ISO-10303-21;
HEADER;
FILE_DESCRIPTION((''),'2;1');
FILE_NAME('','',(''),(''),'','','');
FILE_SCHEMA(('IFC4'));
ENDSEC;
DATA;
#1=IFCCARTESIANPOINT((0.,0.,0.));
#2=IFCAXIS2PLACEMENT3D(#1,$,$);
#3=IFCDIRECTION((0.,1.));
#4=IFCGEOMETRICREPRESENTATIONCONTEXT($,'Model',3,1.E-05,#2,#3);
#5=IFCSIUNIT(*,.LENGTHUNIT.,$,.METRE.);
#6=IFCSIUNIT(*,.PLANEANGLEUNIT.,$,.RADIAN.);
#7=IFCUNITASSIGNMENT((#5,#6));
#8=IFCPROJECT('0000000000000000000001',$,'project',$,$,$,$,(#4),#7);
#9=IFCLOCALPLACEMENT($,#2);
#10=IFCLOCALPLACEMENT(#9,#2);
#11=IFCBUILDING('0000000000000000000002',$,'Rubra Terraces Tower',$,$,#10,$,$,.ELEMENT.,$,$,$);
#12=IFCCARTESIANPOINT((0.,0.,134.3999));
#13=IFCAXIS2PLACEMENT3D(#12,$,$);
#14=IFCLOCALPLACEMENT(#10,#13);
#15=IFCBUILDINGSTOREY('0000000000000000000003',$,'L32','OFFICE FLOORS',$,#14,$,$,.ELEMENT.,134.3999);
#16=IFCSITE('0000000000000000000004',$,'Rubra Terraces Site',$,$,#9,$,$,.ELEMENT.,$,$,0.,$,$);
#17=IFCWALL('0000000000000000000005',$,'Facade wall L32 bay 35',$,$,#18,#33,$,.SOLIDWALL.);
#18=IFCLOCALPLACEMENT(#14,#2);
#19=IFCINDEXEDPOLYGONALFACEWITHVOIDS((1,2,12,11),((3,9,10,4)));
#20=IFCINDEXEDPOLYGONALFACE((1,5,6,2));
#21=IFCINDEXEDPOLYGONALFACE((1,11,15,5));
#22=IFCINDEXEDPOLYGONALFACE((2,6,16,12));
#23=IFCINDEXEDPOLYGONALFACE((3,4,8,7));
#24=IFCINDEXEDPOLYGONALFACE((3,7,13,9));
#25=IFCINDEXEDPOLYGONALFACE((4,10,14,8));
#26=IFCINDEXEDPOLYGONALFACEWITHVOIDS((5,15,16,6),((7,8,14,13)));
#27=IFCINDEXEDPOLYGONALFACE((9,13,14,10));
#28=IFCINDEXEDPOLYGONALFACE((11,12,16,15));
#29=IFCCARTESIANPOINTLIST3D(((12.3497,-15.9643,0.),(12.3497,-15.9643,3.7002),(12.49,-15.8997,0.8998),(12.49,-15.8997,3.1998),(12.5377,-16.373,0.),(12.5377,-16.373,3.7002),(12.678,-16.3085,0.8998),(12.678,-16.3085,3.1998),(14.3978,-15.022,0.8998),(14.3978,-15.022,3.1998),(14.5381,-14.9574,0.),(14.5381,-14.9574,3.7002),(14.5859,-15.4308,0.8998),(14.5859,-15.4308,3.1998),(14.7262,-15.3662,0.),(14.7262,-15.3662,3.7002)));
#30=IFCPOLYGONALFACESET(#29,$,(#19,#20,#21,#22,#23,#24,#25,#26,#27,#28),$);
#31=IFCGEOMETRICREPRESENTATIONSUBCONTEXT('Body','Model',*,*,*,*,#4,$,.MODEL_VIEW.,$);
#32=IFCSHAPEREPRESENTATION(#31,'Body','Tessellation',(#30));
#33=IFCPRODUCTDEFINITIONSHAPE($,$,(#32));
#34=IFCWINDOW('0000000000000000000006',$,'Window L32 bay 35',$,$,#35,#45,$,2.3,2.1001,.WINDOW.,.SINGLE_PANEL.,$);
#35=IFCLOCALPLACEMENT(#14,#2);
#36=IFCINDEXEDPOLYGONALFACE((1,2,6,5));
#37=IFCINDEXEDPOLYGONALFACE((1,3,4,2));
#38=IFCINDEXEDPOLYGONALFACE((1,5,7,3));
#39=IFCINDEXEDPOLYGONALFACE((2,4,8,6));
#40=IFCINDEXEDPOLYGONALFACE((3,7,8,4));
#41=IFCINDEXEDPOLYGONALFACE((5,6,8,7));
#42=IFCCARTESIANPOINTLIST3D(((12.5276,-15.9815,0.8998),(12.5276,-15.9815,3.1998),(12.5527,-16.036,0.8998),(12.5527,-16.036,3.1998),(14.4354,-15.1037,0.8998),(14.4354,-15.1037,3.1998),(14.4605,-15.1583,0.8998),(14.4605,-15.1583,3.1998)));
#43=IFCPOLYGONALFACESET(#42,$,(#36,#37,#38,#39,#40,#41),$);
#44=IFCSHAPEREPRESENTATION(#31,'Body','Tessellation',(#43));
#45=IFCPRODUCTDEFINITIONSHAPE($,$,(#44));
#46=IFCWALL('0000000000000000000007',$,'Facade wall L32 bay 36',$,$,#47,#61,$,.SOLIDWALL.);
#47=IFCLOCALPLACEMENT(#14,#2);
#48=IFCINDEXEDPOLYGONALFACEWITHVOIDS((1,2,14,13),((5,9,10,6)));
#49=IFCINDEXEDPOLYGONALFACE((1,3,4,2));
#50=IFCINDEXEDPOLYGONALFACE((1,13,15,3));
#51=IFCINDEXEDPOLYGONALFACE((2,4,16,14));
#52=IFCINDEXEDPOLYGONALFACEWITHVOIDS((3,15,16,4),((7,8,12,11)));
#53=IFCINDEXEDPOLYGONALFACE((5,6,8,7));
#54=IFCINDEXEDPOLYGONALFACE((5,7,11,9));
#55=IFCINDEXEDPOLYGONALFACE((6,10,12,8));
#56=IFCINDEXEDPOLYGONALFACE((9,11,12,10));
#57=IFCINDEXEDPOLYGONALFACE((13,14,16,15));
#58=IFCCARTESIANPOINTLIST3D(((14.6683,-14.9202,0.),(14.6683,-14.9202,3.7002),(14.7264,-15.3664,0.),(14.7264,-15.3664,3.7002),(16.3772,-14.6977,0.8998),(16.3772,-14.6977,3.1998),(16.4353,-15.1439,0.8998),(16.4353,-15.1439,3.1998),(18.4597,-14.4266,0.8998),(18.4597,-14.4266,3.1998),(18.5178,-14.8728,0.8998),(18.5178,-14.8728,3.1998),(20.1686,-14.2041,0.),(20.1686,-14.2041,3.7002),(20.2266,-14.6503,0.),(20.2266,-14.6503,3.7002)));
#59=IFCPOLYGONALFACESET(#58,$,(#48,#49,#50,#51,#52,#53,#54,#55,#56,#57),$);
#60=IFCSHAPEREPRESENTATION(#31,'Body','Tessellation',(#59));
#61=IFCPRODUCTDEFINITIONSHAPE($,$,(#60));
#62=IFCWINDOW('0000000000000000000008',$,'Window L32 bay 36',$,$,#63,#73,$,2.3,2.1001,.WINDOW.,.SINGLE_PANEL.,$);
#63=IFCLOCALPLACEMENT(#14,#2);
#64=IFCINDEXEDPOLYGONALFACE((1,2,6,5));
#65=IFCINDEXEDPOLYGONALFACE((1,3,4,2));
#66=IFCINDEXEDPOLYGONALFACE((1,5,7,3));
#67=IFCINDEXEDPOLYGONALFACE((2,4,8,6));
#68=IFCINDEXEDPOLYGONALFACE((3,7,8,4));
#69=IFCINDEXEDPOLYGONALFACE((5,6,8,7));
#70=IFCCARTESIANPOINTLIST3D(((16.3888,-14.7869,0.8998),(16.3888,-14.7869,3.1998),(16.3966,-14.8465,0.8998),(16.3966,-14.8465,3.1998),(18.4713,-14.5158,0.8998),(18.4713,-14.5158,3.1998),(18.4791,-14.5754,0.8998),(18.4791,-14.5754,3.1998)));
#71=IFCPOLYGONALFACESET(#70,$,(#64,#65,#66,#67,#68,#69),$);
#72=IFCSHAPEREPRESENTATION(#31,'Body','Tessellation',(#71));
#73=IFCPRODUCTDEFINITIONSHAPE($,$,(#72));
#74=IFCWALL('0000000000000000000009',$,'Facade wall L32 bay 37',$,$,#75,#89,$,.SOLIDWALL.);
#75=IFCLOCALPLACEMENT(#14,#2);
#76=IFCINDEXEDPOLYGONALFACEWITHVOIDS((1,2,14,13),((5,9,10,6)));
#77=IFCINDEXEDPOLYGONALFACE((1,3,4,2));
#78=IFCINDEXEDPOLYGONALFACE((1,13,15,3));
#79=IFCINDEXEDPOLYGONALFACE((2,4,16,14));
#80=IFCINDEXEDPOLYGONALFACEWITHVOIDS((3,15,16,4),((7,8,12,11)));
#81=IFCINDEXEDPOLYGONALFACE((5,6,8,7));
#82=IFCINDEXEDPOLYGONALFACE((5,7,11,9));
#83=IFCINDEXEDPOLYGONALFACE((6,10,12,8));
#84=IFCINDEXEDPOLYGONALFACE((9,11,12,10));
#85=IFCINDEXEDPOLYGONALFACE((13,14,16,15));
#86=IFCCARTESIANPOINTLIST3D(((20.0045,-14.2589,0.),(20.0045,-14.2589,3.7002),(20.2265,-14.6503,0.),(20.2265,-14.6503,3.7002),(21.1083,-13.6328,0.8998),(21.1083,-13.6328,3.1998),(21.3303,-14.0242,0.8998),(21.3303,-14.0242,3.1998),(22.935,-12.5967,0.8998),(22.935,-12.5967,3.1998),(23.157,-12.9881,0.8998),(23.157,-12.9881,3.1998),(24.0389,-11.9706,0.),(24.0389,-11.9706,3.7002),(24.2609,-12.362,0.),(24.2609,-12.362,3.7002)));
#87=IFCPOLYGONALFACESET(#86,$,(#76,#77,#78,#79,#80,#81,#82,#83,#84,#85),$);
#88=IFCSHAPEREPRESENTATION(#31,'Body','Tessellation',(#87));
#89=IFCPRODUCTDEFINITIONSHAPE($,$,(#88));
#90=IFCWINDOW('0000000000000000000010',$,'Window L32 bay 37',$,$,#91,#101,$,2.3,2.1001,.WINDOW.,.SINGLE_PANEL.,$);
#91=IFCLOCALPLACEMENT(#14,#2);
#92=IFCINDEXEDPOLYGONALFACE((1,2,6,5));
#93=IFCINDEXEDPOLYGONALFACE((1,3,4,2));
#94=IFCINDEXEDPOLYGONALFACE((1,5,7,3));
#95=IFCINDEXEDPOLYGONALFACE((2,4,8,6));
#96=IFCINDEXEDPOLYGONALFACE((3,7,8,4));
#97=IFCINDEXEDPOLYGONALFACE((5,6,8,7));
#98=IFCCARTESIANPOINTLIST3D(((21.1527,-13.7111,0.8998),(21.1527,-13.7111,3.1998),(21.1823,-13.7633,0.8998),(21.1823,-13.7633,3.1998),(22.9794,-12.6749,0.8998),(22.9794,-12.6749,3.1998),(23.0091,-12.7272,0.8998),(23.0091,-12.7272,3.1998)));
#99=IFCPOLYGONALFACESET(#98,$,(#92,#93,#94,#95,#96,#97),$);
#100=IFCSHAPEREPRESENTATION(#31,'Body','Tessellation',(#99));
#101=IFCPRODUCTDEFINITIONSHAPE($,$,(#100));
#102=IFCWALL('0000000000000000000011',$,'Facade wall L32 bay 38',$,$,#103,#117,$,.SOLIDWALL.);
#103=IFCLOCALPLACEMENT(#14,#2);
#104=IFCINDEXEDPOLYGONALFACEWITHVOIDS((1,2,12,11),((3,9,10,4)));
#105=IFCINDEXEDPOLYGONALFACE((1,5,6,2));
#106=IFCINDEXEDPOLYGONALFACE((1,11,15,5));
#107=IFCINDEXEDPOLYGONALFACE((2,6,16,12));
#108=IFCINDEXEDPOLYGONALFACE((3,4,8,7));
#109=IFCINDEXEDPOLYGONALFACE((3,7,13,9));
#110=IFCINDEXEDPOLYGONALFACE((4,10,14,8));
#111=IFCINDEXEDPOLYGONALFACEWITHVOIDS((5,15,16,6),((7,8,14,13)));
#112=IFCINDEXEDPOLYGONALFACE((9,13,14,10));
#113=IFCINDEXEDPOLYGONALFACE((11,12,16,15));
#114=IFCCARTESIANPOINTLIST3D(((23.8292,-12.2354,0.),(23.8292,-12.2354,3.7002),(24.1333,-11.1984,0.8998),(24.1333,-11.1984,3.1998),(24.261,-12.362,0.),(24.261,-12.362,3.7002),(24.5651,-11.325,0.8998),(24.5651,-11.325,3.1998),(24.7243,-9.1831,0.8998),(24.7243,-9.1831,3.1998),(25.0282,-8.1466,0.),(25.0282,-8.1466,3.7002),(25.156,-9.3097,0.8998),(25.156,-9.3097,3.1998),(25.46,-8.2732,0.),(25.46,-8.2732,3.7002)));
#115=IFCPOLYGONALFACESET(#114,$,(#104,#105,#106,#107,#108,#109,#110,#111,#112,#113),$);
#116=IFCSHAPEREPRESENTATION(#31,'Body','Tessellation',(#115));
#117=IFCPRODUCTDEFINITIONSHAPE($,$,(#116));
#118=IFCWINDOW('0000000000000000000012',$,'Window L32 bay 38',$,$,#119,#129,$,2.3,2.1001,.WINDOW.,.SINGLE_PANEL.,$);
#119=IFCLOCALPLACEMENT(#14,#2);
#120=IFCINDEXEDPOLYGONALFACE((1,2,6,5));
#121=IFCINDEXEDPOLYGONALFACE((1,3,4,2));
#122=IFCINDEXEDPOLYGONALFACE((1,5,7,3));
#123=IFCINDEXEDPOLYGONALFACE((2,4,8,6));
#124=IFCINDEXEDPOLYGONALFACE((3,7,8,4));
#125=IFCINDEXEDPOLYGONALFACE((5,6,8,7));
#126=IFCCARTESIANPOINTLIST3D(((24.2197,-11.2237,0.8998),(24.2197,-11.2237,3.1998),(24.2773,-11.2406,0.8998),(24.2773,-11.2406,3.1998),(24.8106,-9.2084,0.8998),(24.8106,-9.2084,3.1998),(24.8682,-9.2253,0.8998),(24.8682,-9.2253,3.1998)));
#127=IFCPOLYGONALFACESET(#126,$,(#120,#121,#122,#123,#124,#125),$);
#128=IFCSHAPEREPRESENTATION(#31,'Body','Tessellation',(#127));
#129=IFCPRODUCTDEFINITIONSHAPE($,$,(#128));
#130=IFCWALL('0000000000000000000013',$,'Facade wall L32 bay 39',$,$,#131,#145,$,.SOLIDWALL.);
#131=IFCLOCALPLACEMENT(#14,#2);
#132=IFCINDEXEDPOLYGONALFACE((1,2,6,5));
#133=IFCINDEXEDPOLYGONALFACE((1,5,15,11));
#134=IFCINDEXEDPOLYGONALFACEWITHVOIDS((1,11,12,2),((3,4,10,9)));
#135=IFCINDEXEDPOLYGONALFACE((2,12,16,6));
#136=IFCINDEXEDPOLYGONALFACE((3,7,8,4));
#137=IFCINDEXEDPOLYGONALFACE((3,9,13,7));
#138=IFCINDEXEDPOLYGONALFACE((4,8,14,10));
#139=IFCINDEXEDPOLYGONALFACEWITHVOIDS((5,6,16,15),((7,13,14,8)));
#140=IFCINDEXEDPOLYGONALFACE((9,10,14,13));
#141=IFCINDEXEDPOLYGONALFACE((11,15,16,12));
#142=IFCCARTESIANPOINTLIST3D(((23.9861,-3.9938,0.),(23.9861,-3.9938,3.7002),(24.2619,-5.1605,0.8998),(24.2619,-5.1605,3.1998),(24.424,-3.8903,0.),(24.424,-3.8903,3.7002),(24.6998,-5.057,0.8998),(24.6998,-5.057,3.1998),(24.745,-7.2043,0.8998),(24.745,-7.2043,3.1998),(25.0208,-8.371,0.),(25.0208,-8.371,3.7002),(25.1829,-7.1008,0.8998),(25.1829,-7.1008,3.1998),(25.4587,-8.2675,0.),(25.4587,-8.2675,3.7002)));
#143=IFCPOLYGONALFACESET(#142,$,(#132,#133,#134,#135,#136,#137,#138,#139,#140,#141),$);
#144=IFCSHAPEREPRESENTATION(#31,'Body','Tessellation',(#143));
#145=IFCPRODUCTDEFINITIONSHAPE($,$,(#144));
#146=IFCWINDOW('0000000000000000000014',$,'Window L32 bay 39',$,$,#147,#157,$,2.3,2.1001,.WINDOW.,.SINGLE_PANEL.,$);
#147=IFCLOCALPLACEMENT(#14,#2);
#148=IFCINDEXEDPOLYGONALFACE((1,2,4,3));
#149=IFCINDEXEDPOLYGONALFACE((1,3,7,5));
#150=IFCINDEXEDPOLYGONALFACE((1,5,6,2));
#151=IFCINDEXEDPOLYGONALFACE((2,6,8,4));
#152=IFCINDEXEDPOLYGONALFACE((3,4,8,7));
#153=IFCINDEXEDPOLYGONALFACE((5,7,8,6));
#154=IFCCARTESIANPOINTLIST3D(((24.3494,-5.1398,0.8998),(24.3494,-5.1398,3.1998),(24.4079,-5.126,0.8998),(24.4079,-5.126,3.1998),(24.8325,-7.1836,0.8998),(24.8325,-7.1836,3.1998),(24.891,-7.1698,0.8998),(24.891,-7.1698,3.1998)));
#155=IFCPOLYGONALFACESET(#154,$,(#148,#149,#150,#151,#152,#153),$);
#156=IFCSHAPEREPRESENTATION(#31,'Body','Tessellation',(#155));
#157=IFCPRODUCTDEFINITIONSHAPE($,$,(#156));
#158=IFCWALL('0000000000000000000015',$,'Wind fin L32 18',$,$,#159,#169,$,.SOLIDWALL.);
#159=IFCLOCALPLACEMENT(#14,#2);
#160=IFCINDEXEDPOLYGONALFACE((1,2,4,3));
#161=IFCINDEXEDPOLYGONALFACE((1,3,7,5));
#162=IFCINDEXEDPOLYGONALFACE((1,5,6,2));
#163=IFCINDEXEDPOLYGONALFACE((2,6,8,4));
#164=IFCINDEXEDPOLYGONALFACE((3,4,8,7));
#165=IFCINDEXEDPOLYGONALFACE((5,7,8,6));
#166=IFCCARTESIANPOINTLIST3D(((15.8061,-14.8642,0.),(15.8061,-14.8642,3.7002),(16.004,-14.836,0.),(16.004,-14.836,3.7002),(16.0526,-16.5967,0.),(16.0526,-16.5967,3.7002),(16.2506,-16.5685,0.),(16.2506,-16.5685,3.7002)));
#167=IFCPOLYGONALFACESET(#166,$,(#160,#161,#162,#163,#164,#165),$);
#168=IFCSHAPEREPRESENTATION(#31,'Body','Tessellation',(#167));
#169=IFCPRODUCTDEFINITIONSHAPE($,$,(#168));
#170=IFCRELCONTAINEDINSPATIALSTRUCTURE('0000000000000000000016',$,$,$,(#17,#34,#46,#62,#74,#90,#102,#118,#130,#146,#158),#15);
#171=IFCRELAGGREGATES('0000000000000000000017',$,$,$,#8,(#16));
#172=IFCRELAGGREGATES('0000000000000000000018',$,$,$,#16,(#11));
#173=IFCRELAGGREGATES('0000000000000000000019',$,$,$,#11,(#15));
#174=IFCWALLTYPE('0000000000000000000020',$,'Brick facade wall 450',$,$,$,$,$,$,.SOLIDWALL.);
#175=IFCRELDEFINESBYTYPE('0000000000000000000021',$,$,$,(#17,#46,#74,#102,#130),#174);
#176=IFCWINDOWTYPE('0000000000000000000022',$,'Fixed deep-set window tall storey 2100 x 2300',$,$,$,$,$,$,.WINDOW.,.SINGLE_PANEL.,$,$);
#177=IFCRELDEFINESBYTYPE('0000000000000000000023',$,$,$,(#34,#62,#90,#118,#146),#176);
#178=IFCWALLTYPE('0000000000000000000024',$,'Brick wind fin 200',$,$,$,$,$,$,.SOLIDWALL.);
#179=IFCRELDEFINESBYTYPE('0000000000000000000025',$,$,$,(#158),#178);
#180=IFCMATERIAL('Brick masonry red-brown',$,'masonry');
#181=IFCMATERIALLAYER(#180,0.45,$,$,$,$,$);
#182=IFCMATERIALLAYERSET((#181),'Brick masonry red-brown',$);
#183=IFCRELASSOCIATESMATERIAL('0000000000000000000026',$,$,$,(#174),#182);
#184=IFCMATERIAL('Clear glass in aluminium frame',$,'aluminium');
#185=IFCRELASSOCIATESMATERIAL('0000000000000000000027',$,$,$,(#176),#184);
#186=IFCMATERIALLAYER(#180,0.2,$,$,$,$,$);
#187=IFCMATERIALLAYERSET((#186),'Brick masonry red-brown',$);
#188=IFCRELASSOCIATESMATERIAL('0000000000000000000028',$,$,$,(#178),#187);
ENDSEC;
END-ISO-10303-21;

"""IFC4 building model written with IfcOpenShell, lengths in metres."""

from ifc_helpers import new_model, si_unit, direction, frame, frame_2d, origin, place, context, subcontext, project, spatial, rectangle, extrude, material, layer, layer_set, type_object, element, fill, save


model = new_model("IFC4")

# Units and contexts
model_context = context("Model", 3, precision=1e-05, world=origin(), true_north=direction((0.0, 1.0)))
body_context = subcontext(model_context, "Body", "Model", "MODEL_VIEW")
ifc_project = project(units=[si_unit("LENGTHUNIT", "METRE"), si_unit("PLANEANGLEUNIT", "RADIAN")], contexts=[model_context])

# Site, building, storey
site_placement = place(None, origin())
site = spatial("IfcSite", under=ifc_project, at=site_placement, Name="Rubra Terraces Site", CompositionType="ELEMENT", RefElevation=0.0)
building_placement = place(site_placement, origin())
building = spatial("IfcBuilding", under=site, at=building_placement, Name="Rubra Terraces Tower", CompositionType="ELEMENT")
storey_placement = place(building_placement, frame((0.0, 0.0, 134.3999)))
storey = spatial("IfcBuildingStorey", under=building, at=storey_placement, Name="L32", Description="OFFICE FLOORS", CompositionType="ELEMENT", Elevation=134.3999)

# Walls, openings, windows
ifc_material_1 = material(Name="Brick masonry red-brown", Category="masonry")
ifc_layer_1 = layer(ifc_material_1, 0.45)
ifc_layer_set_1 = layer_set([ifc_layer_1], Name="Brick masonry red-brown")
wall_type_1 = type_object("IfcWallType", Name="Brick facade wall 450", PredefinedType="SOLIDWALL", material=ifc_layer_set_1)
wall_1_placement = place(storey_placement, frame((12.4436, -16.1687, 0.0), z_axis=(0.0, 0.0, 1.0), x_axis=(0.908469, 0.417952, 0.0)))
wall_1 = element("IfcWall", 1, at=wall_1_placement, inside=storey, type_object=wall_type_1, Name="Facade wall L32 bay 35", PredefinedType="SOLIDWALL", context=body_context, shape_type="SweptSolid", body=[
    extrude(rectangle(XDim=2.4089, YDim=0.45, at=frame_2d((1.2046, 0.0))), origin(), (0.0, 0.0, 1.0), 3.7002),
])
opening_1_placement = place(wall_1_placement, frame((0.1545, 0.0, 0.8999)))
opening_1 = element("IfcOpeningElement", 2, at=opening_1_placement, cuts=wall_1, PredefinedType="OPENING", context=body_context, shape_type="SweptSolid", body=[
    extrude(rectangle(XDim=2.1001, YDim=2.3, at=frame_2d((1.05, 1.1499))), frame((0.0, 0.2349, 0.0), z_axis=(0.0, -1.0, 0.0), x_axis=(1.0, 0.0, 0.0)), (0.0, 0.0, 1.0), 0.47),
])
ifc_material_2 = material(Name="Clear glass in aluminium frame", Category="aluminium")
window_type = type_object("IfcWindowType", Name="Fixed deep-set window tall storey 2100 x 2300", PartitioningType="SINGLE_PANEL", PredefinedType="WINDOW", material=ifc_material_2)
window_1_placement = place(opening_1_placement, origin())
window_1 = element("IfcWindow", 3, at=window_1_placement, inside=storey, type_object=window_type, Name="Window L32 bay 35", OverallHeight=2.3, OverallWidth=2.1001, PartitioningType="SINGLE_PANEL", PredefinedType="WINDOW", context=body_context, shape_type="SweptSolid", body=[
    extrude(rectangle(XDim=2.1001, YDim=2.3, at=frame_2d((1.05, 1.1499))), frame((0.0, 0.135, 0.0), z_axis=(0.0, -1.0, 0.0), x_axis=(1.0, 0.0, 0.0)), (0.0, 0.0, 1.0), 0.0601),
])
fill(opening_1, window_1)
wall_2_placement = place(storey_placement, frame((14.6973, -15.1433, 0.0), z_axis=(0.0, 0.0, 1.0), x_axis=(0.991632, 0.129098, 0.0)))
wall_2 = element("IfcWall", 4, at=wall_2_placement, inside=storey, type_object=wall_type_1, Name="Facade wall L32 bay 36", PredefinedType="SOLIDWALL", context=body_context, shape_type="SweptSolid", body=[
    extrude(rectangle(XDim=5.5466, YDim=0.45, at=frame_2d((2.7734, 0.0))), origin(), (0.0, 0.0, 1.0), 3.7002),
])
opening_2_placement = place(wall_2_placement, frame((1.7234, 0.0, 0.8999)))
opening_2 = element("IfcOpeningElement", 5, at=opening_2_placement, cuts=wall_2, PredefinedType="OPENING", context=body_context, shape_type="SweptSolid", body=[
    extrude(rectangle(XDim=2.1001, YDim=2.3, at=frame_2d((1.05, 1.1499))), frame((0.0, 0.2349, 0.0), z_axis=(0.0, -1.0, 0.0), x_axis=(1.0, 0.0, 0.0)), (0.0, 0.0, 1.0), 0.47),
])
window_2_placement = place(opening_2_placement, origin())
window_2 = element("IfcWindow", 6, at=window_2_placement, inside=storey, type_object=window_type, Name="Window L32 bay 36", OverallHeight=2.3, OverallWidth=2.1001, PartitioningType="SINGLE_PANEL", PredefinedType="WINDOW", context=body_context, shape_type="SweptSolid", body=[
    extrude(rectangle(XDim=2.1001, YDim=2.3, at=frame_2d((1.05, 1.1499))), frame((0.0, 0.135, 0.0), z_axis=(0.0, -1.0, 0.0), x_axis=(1.0, 0.0, 0.0)), (0.0, 0.0, 1.0), 0.0601),
])
fill(opening_2, window_2)
wall_3_placement = place(storey_placement, frame((20.1155, -14.4546, 0.0), z_axis=(0.0, 0.0, 1.0), x_axis=(0.869823, 0.493364, 0.0)))
wall_3 = element("IfcWall", 7, at=wall_3_placement, inside=storey, type_object=wall_type_1, Name="Facade wall L32 bay 37", PredefinedType="SOLIDWALL", context=body_context, shape_type="SweptSolid", body=[
    extrude(rectangle(XDim=4.6382, YDim=0.45, at=frame_2d((2.3191, 0.0))), origin(), (0.0, 0.0, 1.0), 3.7002),
])
opening_3_placement = place(wall_3_placement, frame((1.269, 0.0, 0.8999)))
opening_3 = element("IfcOpeningElement", 8, at=opening_3_placement, cuts=wall_3, PredefinedType="OPENING", context=body_context, shape_type="SweptSolid", body=[
    extrude(rectangle(XDim=2.1001, YDim=2.3, at=frame_2d((1.05, 1.1499))), frame((0.0, 0.2349, 0.0), z_axis=(0.0, -1.0, 0.0), x_axis=(1.0, 0.0, 0.0)), (0.0, 0.0, 1.0), 0.47),
])
window_3_placement = place(opening_3_placement, origin())
window_3 = element("IfcWindow", 9, at=window_3_placement, inside=storey, type_object=window_type, Name="Window L32 bay 37", OverallHeight=2.3, OverallWidth=2.1001, PartitioningType="SINGLE_PANEL", PredefinedType="WINDOW", context=body_context, shape_type="SweptSolid", body=[
    extrude(rectangle(XDim=2.1001, YDim=2.3, at=frame_2d((1.05, 1.1499))), frame((0.0, 0.135, 0.0), z_axis=(0.0, -1.0, 0.0), x_axis=(1.0, 0.0, 0.0)), (0.0, 0.0, 1.0), 0.0601),
])
fill(opening_3, window_3)
wall_4_placement = place(storey_placement, frame((24.0452, -12.2986, 0.0), z_axis=(0.0, 0.0, 1.0), x_axis=(0.281381, 0.959596, 0.0)))
wall_4 = element("IfcWall", 10, at=wall_4_placement, inside=storey, type_object=wall_type_1, Name="Facade wall L32 bay 38", PredefinedType="SOLIDWALL", context=body_context, shape_type="SweptSolid", body=[
    extrude(rectangle(XDim=4.261, YDim=0.45, at=frame_2d((2.1304, 0.0))), origin(), (0.0, 0.0, 1.0), 3.7002),
])
opening_4_placement = place(wall_4_placement, frame((1.0806, 0.0, 0.8999)))
opening_4 = element("IfcOpeningElement", 11, at=opening_4_placement, cuts=wall_4, PredefinedType="OPENING", context=body_context, shape_type="SweptSolid", body=[
    extrude(rectangle(XDim=2.1001, YDim=2.3, at=frame_2d((1.05, 1.1499))), frame((0.0, 0.2349, 0.0), z_axis=(0.0, -1.0, 0.0), x_axis=(1.0, 0.0, 0.0)), (0.0, 0.0, 1.0), 0.47),
])
window_4_placement = place(opening_4_placement, origin())
window_4 = element("IfcWindow", 12, at=window_4_placement, inside=storey, type_object=window_type, Name="Window L32 bay 38", OverallHeight=2.3, OverallWidth=2.1001, PartitioningType="SINGLE_PANEL", PredefinedType="WINDOW", context=body_context, shape_type="SweptSolid", body=[
    extrude(rectangle(XDim=2.1001, YDim=2.3, at=frame_2d((1.05, 1.1499))), frame((0.0, 0.135, 0.0), z_axis=(0.0, -1.0, 0.0), x_axis=(1.0, 0.0, 0.0)), (0.0, 0.0, 1.0), 0.0601),
])
fill(opening_4, window_4)
wall_5_placement = place(storey_placement, frame((25.2397, -8.3193, 0.0), z_axis=(0.0, 0.0, 1.0), x_axis=(-0.230038, 0.973182, 0.0)))
wall_5 = element("IfcWall", 13, at=wall_5_placement, inside=storey, type_object=wall_type_1, Name="Facade wall L32 bay 39", PredefinedType="SOLIDWALL", context=body_context, shape_type="SweptSolid", body=[
    extrude(rectangle(XDim=4.4978, YDim=0.45, at=frame_2d((2.249, 0.0))), origin(), (0.0, 0.0, 1.0), 3.7002),
])
opening_5_placement = place(wall_5_placement, frame((1.199, 0.0, 0.8999)))
opening_5 = element("IfcOpeningElement", 14, at=opening_5_placement, cuts=wall_5, PredefinedType="OPENING", context=body_context, shape_type="SweptSolid", body=[
    extrude(rectangle(XDim=2.1001, YDim=2.3, at=frame_2d((1.05, 1.1499))), frame((0.0, 0.2349, 0.0), z_axis=(0.0, -1.0, 0.0), x_axis=(1.0, 0.0, 0.0)), (0.0, 0.0, 1.0), 0.47),
])
window_5_placement = place(opening_5_placement, origin())
window_5 = element("IfcWindow", 15, at=window_5_placement, inside=storey, type_object=window_type, Name="Window L32 bay 39", OverallHeight=2.3, OverallWidth=2.1001, PartitioningType="SINGLE_PANEL", PredefinedType="WINDOW", context=body_context, shape_type="SweptSolid", body=[
    extrude(rectangle(XDim=2.1001, YDim=2.3, at=frame_2d((1.05, 1.1499))), frame((0.0, 0.135, 0.0), z_axis=(0.0, -1.0, 0.0), x_axis=(1.0, 0.0, 0.0)), (0.0, 0.0, 1.0), 0.0601),
])
fill(opening_5, window_5)

# Wall
ifc_layer_2 = layer(ifc_material_1, 0.2)
ifc_layer_set_2 = layer_set([ifc_layer_2], Name="Brick masonry red-brown")
wall_type_2 = type_object("IfcWallType", Name="Brick wind fin 200", PredefinedType="SOLIDWALL", material=ifc_layer_set_2)
wall_6_placement = place(storey_placement, frame((15.905, -14.8501, 0.0), z_axis=(0.0, 0.0, 1.0), x_axis=(0.140913, -0.990022, 0.0)))
element("IfcWall", 16, at=wall_6_placement, inside=storey, type_object=wall_type_2, Name="Wind fin L32 18", PredefinedType="SOLIDWALL", context=body_context, shape_type="SweptSolid", body=[
    extrude(rectangle(XDim=1.75, YDim=0.2, at=frame_2d((0.875, 0.0))), origin(), (0.0, 0.0, 1.0), 3.7002),
])

save(model, "model.ifc")
